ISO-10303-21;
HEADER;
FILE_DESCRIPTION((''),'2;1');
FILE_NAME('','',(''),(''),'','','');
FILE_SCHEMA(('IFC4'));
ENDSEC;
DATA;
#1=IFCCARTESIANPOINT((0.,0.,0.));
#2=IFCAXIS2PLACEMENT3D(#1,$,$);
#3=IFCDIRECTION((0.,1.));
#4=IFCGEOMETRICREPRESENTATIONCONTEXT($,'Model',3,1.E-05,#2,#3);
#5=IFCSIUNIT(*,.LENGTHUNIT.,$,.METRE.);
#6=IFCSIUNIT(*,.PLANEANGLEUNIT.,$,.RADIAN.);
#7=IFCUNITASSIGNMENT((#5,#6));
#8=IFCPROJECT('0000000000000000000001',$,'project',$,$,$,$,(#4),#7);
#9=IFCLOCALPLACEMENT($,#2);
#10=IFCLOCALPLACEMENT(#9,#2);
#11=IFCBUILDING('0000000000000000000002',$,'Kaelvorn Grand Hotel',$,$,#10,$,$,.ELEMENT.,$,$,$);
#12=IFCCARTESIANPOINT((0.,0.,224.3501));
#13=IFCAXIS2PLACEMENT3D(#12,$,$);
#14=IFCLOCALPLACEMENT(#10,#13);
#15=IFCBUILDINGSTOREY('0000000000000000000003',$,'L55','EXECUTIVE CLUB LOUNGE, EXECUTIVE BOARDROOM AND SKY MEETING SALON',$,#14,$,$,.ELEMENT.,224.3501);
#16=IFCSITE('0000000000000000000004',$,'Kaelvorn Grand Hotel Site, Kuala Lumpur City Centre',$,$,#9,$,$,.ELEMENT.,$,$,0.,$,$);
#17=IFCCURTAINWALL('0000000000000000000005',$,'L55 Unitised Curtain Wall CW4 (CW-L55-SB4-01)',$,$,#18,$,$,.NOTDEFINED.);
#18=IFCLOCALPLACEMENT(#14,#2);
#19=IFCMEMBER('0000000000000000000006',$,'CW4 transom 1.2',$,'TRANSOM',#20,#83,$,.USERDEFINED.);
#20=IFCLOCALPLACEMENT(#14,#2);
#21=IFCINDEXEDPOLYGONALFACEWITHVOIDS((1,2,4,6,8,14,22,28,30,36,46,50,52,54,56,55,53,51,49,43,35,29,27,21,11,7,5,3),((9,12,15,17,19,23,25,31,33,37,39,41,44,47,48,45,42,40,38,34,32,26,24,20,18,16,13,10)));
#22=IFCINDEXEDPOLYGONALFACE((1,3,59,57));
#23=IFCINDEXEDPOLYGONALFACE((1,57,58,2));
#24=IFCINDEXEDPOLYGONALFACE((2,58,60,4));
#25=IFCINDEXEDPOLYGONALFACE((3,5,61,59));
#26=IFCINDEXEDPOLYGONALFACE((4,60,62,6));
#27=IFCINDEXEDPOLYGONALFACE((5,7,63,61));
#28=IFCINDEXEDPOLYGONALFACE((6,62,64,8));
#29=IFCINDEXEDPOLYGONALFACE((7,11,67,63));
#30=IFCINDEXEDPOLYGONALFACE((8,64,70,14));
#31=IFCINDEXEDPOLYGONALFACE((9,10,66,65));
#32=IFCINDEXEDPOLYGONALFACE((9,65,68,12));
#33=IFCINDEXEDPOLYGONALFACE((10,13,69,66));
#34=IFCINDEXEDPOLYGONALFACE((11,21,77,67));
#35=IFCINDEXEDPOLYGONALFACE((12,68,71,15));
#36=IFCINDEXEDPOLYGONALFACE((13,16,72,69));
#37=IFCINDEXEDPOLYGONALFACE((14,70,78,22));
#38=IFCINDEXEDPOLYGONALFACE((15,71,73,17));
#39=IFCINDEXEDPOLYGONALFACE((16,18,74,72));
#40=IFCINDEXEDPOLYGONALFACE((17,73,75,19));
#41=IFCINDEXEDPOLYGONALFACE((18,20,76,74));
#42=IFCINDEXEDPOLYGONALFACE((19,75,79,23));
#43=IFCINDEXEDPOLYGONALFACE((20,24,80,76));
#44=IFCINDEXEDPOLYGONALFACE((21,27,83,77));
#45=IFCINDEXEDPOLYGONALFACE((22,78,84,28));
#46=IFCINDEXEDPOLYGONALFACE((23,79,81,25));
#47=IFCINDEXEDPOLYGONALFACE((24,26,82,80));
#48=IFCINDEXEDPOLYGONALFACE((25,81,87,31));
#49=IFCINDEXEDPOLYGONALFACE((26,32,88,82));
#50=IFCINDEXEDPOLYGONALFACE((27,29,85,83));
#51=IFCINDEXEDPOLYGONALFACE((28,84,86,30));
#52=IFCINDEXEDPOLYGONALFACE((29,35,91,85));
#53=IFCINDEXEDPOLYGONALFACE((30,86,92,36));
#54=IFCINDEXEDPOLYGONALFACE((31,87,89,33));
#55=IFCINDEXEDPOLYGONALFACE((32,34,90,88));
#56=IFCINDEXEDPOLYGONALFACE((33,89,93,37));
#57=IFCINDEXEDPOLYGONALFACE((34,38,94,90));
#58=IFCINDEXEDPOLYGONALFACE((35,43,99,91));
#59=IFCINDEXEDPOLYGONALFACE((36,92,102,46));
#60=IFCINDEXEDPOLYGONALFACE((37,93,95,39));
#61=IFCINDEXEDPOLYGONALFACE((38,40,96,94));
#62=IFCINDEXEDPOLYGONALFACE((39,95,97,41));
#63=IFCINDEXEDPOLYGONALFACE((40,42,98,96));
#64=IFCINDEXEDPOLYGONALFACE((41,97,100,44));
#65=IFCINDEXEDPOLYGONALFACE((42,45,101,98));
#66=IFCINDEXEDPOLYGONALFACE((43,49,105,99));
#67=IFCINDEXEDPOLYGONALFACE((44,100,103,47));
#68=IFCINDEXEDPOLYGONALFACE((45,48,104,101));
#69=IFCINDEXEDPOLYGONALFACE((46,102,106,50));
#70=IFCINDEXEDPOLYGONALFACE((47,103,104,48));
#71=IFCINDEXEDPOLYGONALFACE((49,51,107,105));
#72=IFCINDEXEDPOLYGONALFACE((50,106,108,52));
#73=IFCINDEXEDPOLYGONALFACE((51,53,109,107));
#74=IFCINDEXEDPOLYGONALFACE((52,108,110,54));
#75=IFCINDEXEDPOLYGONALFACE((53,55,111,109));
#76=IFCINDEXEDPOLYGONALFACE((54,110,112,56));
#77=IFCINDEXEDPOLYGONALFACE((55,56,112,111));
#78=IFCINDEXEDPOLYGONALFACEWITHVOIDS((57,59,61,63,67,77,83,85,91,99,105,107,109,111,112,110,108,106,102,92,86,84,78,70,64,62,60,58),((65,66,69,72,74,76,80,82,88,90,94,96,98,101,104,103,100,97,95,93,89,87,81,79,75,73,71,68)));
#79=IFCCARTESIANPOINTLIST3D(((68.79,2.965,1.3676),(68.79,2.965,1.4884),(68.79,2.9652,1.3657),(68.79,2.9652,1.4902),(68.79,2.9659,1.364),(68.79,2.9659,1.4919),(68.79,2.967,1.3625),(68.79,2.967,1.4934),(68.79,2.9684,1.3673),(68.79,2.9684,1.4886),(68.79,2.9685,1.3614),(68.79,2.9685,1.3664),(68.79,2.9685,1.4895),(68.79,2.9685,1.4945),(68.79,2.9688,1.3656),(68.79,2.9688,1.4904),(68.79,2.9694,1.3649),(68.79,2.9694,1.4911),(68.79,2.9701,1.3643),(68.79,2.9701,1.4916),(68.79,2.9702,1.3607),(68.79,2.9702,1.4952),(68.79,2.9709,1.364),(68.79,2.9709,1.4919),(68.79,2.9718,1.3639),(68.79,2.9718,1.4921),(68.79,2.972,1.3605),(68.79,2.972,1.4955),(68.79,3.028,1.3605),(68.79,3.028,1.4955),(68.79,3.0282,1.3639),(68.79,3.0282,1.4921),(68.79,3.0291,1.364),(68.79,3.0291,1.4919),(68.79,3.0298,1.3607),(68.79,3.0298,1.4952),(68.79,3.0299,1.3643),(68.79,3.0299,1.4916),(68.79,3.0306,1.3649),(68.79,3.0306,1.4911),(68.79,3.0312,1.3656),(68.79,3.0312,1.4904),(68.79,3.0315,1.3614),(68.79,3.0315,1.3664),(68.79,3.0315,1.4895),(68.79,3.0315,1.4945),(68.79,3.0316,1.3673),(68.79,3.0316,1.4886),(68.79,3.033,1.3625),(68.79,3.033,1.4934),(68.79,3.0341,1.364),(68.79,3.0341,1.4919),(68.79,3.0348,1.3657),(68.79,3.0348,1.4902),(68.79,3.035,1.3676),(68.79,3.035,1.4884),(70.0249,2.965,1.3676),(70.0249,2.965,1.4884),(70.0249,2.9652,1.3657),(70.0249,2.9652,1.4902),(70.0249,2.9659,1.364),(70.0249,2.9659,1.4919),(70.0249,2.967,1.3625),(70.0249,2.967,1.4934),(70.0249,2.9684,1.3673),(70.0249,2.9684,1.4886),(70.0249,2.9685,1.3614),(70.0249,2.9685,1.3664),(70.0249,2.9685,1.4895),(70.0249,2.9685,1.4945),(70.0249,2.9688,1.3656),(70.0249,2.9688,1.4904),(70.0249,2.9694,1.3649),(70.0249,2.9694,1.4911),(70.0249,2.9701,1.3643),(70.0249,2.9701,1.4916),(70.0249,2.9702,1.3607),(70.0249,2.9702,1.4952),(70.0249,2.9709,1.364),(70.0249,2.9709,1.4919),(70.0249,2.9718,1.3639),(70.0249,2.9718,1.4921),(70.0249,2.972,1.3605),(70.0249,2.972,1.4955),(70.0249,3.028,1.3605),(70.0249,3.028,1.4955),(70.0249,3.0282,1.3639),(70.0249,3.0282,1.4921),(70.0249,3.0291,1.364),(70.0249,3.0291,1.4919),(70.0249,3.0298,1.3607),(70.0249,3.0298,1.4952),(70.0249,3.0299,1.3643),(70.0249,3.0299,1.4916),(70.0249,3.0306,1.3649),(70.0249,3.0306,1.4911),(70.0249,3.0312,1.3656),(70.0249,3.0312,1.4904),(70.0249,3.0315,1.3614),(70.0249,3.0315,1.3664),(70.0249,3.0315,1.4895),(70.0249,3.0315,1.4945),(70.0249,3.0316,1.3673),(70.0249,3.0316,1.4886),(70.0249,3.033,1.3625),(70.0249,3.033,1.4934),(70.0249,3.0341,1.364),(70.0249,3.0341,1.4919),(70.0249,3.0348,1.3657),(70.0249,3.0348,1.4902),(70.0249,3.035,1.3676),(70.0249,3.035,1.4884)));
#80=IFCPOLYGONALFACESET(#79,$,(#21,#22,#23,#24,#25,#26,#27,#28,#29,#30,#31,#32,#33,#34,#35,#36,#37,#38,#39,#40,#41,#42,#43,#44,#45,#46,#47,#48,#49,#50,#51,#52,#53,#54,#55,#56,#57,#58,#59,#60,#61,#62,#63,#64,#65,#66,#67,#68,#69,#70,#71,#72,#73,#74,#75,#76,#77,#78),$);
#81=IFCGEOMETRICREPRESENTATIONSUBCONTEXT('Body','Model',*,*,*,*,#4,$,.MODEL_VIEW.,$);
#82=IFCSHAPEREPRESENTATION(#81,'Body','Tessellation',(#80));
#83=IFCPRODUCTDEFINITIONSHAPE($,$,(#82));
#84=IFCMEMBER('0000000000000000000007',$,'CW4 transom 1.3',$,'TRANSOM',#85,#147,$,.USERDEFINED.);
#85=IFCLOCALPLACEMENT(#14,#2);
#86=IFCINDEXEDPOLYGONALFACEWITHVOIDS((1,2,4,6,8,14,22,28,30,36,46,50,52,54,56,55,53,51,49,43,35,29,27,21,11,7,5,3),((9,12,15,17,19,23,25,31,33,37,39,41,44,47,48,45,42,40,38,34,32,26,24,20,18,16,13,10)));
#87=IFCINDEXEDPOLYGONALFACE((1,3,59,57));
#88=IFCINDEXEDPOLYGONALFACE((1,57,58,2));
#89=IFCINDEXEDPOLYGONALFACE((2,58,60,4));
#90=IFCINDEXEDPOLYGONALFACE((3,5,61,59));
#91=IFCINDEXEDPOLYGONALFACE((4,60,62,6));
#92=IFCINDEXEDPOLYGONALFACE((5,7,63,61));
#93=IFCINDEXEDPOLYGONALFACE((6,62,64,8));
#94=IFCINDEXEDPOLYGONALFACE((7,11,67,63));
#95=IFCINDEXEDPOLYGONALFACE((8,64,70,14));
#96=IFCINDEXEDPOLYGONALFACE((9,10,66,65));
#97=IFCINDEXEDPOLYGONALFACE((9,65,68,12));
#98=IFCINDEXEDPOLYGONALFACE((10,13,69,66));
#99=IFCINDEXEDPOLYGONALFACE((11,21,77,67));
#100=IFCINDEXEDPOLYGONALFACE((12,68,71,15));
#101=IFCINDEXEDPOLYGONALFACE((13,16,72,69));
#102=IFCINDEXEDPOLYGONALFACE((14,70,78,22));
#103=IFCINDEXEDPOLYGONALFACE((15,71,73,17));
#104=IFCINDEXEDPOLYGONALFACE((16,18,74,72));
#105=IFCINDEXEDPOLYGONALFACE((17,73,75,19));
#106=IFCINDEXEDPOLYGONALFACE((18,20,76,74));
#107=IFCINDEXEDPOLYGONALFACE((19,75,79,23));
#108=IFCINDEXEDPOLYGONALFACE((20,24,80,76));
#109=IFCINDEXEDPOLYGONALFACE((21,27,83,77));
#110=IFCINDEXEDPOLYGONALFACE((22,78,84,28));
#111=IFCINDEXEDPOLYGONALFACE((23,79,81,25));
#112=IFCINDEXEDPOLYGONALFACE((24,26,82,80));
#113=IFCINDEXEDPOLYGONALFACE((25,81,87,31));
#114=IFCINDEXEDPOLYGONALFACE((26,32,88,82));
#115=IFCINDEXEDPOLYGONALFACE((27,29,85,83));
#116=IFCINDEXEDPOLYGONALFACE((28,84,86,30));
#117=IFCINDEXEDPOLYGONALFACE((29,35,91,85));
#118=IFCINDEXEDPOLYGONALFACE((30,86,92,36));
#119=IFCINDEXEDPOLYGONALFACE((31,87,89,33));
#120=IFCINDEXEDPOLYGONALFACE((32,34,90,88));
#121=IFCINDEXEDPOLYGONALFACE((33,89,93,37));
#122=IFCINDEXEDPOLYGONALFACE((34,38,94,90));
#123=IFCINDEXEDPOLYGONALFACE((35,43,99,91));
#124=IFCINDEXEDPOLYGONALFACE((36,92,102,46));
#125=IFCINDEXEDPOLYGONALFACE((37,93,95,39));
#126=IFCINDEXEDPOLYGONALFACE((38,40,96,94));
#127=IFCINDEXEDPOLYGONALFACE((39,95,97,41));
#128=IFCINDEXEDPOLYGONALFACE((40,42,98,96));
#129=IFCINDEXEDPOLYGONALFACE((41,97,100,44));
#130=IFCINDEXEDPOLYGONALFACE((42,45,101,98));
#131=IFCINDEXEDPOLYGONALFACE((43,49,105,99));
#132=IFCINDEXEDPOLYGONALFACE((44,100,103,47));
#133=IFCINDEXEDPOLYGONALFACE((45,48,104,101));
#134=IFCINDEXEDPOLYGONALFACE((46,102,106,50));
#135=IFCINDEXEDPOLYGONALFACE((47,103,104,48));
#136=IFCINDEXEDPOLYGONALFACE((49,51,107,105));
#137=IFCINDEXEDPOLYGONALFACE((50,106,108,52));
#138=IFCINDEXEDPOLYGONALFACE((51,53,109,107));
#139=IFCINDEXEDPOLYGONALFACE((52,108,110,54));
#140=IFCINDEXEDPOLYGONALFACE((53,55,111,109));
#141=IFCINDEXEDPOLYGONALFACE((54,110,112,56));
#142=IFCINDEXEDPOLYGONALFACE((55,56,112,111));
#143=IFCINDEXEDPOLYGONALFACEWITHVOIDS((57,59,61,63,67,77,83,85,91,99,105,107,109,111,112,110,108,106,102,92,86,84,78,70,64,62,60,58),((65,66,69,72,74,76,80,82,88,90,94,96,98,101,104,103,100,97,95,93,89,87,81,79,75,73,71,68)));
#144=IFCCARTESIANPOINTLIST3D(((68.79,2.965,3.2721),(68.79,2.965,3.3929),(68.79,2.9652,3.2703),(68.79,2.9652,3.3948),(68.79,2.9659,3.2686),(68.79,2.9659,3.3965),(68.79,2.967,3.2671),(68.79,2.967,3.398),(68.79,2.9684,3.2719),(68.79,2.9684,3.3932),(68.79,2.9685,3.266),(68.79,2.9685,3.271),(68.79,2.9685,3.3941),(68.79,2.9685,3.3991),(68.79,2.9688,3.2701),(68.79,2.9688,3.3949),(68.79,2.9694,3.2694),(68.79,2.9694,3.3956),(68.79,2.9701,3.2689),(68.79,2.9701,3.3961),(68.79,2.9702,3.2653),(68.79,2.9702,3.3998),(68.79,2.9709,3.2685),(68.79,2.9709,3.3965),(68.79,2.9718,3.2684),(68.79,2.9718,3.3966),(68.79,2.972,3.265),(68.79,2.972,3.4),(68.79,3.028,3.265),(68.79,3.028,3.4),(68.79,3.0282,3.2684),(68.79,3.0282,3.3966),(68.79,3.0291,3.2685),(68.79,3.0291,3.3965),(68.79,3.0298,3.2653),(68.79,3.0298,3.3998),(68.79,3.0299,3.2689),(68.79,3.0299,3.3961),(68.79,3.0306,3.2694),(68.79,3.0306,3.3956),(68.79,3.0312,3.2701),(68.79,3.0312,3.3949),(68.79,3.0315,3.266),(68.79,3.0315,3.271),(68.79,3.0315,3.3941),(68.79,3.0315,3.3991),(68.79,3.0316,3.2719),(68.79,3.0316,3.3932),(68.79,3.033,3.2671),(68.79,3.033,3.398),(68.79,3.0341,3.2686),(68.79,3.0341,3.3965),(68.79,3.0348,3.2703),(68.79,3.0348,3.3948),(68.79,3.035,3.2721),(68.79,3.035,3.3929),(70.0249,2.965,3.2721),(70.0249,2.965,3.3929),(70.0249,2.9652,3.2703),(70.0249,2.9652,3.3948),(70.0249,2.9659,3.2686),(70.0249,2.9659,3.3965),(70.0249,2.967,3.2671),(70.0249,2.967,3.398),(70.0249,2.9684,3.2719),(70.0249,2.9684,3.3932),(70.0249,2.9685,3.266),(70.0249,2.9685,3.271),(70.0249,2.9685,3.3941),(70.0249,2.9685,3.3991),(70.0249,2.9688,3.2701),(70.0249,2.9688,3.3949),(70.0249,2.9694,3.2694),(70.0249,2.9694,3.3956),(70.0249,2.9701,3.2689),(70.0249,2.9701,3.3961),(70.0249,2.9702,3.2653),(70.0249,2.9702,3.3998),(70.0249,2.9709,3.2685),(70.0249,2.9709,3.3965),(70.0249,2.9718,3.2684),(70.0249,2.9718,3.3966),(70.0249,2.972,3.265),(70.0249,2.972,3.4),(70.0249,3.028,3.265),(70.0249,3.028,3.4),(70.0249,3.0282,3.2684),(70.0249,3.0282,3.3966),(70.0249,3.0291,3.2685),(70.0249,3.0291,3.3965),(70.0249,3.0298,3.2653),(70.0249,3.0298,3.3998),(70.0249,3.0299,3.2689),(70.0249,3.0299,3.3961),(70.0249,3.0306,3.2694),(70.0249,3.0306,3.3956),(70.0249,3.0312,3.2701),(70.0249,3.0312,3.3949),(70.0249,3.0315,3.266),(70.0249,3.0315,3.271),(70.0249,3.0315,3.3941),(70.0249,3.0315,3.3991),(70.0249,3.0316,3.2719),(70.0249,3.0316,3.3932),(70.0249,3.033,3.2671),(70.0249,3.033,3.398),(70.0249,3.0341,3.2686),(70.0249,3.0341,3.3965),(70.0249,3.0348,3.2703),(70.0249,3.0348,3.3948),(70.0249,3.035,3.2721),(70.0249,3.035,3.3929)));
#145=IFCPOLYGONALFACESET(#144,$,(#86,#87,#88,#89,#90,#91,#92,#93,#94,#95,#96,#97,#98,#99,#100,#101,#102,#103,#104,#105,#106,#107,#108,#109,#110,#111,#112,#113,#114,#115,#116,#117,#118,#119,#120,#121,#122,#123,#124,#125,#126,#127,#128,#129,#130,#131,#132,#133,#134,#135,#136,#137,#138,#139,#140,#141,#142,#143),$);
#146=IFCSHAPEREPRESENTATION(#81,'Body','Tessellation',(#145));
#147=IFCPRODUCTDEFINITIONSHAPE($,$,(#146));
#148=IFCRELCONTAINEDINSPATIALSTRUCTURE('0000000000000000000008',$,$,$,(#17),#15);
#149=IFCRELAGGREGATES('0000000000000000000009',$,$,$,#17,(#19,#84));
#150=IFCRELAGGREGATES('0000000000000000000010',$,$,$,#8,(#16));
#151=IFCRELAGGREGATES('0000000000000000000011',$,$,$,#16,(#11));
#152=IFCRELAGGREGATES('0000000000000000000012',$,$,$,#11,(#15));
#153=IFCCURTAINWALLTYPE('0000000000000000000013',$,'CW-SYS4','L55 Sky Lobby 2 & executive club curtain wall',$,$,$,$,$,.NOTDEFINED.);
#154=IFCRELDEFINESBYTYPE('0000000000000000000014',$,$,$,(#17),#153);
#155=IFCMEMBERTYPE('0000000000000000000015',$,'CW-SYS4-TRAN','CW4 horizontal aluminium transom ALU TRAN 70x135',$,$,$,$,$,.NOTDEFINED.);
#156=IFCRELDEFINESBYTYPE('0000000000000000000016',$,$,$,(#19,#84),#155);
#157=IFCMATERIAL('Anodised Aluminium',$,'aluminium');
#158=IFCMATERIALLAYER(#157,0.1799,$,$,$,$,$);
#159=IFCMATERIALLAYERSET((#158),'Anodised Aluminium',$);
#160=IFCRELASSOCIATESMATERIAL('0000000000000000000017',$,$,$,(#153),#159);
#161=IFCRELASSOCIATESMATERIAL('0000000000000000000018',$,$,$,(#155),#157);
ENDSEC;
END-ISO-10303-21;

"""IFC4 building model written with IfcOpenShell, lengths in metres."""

from ifc_helpers import new_model, si_unit, direction, frame, origin, origin_2d, place, context, subcontext, project, spatial, hollow_rectangle, extrude, material, layer, layer_set, material_profile, profile_set, type_object, element, aggregate, save


model = new_model("IFC4")

# Units and contexts
model_context = context("Model", 3, precision=1e-05, world=origin(), true_north=direction((0.0, 1.0)))
body_context = subcontext(model_context, "Body", "Model", "MODEL_VIEW")
ifc_project = project(units=[si_unit("LENGTHUNIT", "METRE"), si_unit("PLANEANGLEUNIT", "RADIAN")], contexts=[model_context])

# Site, building, storey
site_placement = place(None, origin())
site = spatial("IfcSite", under=ifc_project, at=site_placement, Name="Kaelvorn Grand Hotel Site, Kuala Lumpur City Centre", CompositionType="ELEMENT", RefElevation=0.0)
building_placement = place(site_placement, origin())
building = spatial("IfcBuilding", under=site, at=building_placement, Name="Kaelvorn Grand Hotel", CompositionType="ELEMENT")
storey_placement = place(building_placement, frame((0.0, 0.0, 224.3501)))
storey = spatial("IfcBuildingStorey", under=building, at=storey_placement, Name="L55", Description="EXECUTIVE CLUB LOUNGE, EXECUTIVE BOARDROOM AND SKY MEETING SALON", CompositionType="ELEMENT", Elevation=224.3501)

# Curtain wall, members
ifc_material_1 = material(Name="Anodised Aluminium", Category="aluminium")
ifc_layer_1 = layer(ifc_material_1, 0.1799)
ifc_layer_set_1 = layer_set([ifc_layer_1], Name="Anodised Aluminium")
curtain_wall_type = type_object("IfcCurtainWallType", Name="CW-SYS4", Description="L55 Sky Lobby 2 & executive club curtain wall", PredefinedType="NOTDEFINED", material=ifc_layer_set_1)
curtain_wall_placement = place(storey_placement, origin())
curtain_wall = element("IfcCurtainWall", 1, at=curtain_wall_placement, inside=storey, type_object=curtain_wall_type, Name="L55 Unitised Curtain Wall CW4 (CW-L55-SB4-01)", PredefinedType="NOTDEFINED")
ifc_material_profile_1 = material_profile(ifc_material_1, hollow_rectangle(XDim=0.0701, YDim=0.135, WallThickness=0.0034, InnerFilletRadius=0.0034, OuterFilletRadius=0.0071, at=origin_2d()), Name="ALU TRAN 70x135")
ifc_profile_set_1 = profile_set([ifc_material_profile_1], Name="Anodised Aluminium")
member_type_1 = type_object("IfcMemberType", Name="CW-SYS4-TRAN", Description="CW4 horizontal aluminium transom ALU TRAN 70x135", PredefinedType="NOTDEFINED", material=ifc_profile_set_1)
member_1_placement = place(storey_placement, frame((68.79, 3.0, 1.428), z_axis=(1.0, 0.0, 0.0), x_axis=(0.0, 1.0, 0.0)))
member_1 = element("IfcMember", 2, at=member_1_placement, type_object=member_type_1, Name="CW4 transom 1.2", ObjectType="TRANSOM", PredefinedType="USERDEFINED", context=body_context, shape_type="SweptSolid", body=[
    extrude(hollow_rectangle(XDim=0.0701, YDim=0.135, WallThickness=0.0034, InnerFilletRadius=0.0034, OuterFilletRadius=0.0071, at=origin_2d()), origin(), (0.0, 0.0, 1.0), 1.2349),
])
member_2_placement = place(storey_placement, frame((68.79, 3.0, 3.3325), z_axis=(1.0, 0.0, 0.0), x_axis=(0.0, 1.0, 0.0)))
member_2 = element("IfcMember", 3, at=member_2_placement, type_object=member_type_1, Name="CW4 transom 1.3", ObjectType="TRANSOM", PredefinedType="USERDEFINED", context=body_context, shape_type="SweptSolid", body=[
    extrude(hollow_rectangle(XDim=0.0701, YDim=0.135, WallThickness=0.0034, InnerFilletRadius=0.0034, OuterFilletRadius=0.0071, at=origin_2d()), origin(), (0.0, 0.0, 1.0), 1.2349),
])
aggregate(curtain_wall, [member_1, member_2])

save(model, "model.ifc")
